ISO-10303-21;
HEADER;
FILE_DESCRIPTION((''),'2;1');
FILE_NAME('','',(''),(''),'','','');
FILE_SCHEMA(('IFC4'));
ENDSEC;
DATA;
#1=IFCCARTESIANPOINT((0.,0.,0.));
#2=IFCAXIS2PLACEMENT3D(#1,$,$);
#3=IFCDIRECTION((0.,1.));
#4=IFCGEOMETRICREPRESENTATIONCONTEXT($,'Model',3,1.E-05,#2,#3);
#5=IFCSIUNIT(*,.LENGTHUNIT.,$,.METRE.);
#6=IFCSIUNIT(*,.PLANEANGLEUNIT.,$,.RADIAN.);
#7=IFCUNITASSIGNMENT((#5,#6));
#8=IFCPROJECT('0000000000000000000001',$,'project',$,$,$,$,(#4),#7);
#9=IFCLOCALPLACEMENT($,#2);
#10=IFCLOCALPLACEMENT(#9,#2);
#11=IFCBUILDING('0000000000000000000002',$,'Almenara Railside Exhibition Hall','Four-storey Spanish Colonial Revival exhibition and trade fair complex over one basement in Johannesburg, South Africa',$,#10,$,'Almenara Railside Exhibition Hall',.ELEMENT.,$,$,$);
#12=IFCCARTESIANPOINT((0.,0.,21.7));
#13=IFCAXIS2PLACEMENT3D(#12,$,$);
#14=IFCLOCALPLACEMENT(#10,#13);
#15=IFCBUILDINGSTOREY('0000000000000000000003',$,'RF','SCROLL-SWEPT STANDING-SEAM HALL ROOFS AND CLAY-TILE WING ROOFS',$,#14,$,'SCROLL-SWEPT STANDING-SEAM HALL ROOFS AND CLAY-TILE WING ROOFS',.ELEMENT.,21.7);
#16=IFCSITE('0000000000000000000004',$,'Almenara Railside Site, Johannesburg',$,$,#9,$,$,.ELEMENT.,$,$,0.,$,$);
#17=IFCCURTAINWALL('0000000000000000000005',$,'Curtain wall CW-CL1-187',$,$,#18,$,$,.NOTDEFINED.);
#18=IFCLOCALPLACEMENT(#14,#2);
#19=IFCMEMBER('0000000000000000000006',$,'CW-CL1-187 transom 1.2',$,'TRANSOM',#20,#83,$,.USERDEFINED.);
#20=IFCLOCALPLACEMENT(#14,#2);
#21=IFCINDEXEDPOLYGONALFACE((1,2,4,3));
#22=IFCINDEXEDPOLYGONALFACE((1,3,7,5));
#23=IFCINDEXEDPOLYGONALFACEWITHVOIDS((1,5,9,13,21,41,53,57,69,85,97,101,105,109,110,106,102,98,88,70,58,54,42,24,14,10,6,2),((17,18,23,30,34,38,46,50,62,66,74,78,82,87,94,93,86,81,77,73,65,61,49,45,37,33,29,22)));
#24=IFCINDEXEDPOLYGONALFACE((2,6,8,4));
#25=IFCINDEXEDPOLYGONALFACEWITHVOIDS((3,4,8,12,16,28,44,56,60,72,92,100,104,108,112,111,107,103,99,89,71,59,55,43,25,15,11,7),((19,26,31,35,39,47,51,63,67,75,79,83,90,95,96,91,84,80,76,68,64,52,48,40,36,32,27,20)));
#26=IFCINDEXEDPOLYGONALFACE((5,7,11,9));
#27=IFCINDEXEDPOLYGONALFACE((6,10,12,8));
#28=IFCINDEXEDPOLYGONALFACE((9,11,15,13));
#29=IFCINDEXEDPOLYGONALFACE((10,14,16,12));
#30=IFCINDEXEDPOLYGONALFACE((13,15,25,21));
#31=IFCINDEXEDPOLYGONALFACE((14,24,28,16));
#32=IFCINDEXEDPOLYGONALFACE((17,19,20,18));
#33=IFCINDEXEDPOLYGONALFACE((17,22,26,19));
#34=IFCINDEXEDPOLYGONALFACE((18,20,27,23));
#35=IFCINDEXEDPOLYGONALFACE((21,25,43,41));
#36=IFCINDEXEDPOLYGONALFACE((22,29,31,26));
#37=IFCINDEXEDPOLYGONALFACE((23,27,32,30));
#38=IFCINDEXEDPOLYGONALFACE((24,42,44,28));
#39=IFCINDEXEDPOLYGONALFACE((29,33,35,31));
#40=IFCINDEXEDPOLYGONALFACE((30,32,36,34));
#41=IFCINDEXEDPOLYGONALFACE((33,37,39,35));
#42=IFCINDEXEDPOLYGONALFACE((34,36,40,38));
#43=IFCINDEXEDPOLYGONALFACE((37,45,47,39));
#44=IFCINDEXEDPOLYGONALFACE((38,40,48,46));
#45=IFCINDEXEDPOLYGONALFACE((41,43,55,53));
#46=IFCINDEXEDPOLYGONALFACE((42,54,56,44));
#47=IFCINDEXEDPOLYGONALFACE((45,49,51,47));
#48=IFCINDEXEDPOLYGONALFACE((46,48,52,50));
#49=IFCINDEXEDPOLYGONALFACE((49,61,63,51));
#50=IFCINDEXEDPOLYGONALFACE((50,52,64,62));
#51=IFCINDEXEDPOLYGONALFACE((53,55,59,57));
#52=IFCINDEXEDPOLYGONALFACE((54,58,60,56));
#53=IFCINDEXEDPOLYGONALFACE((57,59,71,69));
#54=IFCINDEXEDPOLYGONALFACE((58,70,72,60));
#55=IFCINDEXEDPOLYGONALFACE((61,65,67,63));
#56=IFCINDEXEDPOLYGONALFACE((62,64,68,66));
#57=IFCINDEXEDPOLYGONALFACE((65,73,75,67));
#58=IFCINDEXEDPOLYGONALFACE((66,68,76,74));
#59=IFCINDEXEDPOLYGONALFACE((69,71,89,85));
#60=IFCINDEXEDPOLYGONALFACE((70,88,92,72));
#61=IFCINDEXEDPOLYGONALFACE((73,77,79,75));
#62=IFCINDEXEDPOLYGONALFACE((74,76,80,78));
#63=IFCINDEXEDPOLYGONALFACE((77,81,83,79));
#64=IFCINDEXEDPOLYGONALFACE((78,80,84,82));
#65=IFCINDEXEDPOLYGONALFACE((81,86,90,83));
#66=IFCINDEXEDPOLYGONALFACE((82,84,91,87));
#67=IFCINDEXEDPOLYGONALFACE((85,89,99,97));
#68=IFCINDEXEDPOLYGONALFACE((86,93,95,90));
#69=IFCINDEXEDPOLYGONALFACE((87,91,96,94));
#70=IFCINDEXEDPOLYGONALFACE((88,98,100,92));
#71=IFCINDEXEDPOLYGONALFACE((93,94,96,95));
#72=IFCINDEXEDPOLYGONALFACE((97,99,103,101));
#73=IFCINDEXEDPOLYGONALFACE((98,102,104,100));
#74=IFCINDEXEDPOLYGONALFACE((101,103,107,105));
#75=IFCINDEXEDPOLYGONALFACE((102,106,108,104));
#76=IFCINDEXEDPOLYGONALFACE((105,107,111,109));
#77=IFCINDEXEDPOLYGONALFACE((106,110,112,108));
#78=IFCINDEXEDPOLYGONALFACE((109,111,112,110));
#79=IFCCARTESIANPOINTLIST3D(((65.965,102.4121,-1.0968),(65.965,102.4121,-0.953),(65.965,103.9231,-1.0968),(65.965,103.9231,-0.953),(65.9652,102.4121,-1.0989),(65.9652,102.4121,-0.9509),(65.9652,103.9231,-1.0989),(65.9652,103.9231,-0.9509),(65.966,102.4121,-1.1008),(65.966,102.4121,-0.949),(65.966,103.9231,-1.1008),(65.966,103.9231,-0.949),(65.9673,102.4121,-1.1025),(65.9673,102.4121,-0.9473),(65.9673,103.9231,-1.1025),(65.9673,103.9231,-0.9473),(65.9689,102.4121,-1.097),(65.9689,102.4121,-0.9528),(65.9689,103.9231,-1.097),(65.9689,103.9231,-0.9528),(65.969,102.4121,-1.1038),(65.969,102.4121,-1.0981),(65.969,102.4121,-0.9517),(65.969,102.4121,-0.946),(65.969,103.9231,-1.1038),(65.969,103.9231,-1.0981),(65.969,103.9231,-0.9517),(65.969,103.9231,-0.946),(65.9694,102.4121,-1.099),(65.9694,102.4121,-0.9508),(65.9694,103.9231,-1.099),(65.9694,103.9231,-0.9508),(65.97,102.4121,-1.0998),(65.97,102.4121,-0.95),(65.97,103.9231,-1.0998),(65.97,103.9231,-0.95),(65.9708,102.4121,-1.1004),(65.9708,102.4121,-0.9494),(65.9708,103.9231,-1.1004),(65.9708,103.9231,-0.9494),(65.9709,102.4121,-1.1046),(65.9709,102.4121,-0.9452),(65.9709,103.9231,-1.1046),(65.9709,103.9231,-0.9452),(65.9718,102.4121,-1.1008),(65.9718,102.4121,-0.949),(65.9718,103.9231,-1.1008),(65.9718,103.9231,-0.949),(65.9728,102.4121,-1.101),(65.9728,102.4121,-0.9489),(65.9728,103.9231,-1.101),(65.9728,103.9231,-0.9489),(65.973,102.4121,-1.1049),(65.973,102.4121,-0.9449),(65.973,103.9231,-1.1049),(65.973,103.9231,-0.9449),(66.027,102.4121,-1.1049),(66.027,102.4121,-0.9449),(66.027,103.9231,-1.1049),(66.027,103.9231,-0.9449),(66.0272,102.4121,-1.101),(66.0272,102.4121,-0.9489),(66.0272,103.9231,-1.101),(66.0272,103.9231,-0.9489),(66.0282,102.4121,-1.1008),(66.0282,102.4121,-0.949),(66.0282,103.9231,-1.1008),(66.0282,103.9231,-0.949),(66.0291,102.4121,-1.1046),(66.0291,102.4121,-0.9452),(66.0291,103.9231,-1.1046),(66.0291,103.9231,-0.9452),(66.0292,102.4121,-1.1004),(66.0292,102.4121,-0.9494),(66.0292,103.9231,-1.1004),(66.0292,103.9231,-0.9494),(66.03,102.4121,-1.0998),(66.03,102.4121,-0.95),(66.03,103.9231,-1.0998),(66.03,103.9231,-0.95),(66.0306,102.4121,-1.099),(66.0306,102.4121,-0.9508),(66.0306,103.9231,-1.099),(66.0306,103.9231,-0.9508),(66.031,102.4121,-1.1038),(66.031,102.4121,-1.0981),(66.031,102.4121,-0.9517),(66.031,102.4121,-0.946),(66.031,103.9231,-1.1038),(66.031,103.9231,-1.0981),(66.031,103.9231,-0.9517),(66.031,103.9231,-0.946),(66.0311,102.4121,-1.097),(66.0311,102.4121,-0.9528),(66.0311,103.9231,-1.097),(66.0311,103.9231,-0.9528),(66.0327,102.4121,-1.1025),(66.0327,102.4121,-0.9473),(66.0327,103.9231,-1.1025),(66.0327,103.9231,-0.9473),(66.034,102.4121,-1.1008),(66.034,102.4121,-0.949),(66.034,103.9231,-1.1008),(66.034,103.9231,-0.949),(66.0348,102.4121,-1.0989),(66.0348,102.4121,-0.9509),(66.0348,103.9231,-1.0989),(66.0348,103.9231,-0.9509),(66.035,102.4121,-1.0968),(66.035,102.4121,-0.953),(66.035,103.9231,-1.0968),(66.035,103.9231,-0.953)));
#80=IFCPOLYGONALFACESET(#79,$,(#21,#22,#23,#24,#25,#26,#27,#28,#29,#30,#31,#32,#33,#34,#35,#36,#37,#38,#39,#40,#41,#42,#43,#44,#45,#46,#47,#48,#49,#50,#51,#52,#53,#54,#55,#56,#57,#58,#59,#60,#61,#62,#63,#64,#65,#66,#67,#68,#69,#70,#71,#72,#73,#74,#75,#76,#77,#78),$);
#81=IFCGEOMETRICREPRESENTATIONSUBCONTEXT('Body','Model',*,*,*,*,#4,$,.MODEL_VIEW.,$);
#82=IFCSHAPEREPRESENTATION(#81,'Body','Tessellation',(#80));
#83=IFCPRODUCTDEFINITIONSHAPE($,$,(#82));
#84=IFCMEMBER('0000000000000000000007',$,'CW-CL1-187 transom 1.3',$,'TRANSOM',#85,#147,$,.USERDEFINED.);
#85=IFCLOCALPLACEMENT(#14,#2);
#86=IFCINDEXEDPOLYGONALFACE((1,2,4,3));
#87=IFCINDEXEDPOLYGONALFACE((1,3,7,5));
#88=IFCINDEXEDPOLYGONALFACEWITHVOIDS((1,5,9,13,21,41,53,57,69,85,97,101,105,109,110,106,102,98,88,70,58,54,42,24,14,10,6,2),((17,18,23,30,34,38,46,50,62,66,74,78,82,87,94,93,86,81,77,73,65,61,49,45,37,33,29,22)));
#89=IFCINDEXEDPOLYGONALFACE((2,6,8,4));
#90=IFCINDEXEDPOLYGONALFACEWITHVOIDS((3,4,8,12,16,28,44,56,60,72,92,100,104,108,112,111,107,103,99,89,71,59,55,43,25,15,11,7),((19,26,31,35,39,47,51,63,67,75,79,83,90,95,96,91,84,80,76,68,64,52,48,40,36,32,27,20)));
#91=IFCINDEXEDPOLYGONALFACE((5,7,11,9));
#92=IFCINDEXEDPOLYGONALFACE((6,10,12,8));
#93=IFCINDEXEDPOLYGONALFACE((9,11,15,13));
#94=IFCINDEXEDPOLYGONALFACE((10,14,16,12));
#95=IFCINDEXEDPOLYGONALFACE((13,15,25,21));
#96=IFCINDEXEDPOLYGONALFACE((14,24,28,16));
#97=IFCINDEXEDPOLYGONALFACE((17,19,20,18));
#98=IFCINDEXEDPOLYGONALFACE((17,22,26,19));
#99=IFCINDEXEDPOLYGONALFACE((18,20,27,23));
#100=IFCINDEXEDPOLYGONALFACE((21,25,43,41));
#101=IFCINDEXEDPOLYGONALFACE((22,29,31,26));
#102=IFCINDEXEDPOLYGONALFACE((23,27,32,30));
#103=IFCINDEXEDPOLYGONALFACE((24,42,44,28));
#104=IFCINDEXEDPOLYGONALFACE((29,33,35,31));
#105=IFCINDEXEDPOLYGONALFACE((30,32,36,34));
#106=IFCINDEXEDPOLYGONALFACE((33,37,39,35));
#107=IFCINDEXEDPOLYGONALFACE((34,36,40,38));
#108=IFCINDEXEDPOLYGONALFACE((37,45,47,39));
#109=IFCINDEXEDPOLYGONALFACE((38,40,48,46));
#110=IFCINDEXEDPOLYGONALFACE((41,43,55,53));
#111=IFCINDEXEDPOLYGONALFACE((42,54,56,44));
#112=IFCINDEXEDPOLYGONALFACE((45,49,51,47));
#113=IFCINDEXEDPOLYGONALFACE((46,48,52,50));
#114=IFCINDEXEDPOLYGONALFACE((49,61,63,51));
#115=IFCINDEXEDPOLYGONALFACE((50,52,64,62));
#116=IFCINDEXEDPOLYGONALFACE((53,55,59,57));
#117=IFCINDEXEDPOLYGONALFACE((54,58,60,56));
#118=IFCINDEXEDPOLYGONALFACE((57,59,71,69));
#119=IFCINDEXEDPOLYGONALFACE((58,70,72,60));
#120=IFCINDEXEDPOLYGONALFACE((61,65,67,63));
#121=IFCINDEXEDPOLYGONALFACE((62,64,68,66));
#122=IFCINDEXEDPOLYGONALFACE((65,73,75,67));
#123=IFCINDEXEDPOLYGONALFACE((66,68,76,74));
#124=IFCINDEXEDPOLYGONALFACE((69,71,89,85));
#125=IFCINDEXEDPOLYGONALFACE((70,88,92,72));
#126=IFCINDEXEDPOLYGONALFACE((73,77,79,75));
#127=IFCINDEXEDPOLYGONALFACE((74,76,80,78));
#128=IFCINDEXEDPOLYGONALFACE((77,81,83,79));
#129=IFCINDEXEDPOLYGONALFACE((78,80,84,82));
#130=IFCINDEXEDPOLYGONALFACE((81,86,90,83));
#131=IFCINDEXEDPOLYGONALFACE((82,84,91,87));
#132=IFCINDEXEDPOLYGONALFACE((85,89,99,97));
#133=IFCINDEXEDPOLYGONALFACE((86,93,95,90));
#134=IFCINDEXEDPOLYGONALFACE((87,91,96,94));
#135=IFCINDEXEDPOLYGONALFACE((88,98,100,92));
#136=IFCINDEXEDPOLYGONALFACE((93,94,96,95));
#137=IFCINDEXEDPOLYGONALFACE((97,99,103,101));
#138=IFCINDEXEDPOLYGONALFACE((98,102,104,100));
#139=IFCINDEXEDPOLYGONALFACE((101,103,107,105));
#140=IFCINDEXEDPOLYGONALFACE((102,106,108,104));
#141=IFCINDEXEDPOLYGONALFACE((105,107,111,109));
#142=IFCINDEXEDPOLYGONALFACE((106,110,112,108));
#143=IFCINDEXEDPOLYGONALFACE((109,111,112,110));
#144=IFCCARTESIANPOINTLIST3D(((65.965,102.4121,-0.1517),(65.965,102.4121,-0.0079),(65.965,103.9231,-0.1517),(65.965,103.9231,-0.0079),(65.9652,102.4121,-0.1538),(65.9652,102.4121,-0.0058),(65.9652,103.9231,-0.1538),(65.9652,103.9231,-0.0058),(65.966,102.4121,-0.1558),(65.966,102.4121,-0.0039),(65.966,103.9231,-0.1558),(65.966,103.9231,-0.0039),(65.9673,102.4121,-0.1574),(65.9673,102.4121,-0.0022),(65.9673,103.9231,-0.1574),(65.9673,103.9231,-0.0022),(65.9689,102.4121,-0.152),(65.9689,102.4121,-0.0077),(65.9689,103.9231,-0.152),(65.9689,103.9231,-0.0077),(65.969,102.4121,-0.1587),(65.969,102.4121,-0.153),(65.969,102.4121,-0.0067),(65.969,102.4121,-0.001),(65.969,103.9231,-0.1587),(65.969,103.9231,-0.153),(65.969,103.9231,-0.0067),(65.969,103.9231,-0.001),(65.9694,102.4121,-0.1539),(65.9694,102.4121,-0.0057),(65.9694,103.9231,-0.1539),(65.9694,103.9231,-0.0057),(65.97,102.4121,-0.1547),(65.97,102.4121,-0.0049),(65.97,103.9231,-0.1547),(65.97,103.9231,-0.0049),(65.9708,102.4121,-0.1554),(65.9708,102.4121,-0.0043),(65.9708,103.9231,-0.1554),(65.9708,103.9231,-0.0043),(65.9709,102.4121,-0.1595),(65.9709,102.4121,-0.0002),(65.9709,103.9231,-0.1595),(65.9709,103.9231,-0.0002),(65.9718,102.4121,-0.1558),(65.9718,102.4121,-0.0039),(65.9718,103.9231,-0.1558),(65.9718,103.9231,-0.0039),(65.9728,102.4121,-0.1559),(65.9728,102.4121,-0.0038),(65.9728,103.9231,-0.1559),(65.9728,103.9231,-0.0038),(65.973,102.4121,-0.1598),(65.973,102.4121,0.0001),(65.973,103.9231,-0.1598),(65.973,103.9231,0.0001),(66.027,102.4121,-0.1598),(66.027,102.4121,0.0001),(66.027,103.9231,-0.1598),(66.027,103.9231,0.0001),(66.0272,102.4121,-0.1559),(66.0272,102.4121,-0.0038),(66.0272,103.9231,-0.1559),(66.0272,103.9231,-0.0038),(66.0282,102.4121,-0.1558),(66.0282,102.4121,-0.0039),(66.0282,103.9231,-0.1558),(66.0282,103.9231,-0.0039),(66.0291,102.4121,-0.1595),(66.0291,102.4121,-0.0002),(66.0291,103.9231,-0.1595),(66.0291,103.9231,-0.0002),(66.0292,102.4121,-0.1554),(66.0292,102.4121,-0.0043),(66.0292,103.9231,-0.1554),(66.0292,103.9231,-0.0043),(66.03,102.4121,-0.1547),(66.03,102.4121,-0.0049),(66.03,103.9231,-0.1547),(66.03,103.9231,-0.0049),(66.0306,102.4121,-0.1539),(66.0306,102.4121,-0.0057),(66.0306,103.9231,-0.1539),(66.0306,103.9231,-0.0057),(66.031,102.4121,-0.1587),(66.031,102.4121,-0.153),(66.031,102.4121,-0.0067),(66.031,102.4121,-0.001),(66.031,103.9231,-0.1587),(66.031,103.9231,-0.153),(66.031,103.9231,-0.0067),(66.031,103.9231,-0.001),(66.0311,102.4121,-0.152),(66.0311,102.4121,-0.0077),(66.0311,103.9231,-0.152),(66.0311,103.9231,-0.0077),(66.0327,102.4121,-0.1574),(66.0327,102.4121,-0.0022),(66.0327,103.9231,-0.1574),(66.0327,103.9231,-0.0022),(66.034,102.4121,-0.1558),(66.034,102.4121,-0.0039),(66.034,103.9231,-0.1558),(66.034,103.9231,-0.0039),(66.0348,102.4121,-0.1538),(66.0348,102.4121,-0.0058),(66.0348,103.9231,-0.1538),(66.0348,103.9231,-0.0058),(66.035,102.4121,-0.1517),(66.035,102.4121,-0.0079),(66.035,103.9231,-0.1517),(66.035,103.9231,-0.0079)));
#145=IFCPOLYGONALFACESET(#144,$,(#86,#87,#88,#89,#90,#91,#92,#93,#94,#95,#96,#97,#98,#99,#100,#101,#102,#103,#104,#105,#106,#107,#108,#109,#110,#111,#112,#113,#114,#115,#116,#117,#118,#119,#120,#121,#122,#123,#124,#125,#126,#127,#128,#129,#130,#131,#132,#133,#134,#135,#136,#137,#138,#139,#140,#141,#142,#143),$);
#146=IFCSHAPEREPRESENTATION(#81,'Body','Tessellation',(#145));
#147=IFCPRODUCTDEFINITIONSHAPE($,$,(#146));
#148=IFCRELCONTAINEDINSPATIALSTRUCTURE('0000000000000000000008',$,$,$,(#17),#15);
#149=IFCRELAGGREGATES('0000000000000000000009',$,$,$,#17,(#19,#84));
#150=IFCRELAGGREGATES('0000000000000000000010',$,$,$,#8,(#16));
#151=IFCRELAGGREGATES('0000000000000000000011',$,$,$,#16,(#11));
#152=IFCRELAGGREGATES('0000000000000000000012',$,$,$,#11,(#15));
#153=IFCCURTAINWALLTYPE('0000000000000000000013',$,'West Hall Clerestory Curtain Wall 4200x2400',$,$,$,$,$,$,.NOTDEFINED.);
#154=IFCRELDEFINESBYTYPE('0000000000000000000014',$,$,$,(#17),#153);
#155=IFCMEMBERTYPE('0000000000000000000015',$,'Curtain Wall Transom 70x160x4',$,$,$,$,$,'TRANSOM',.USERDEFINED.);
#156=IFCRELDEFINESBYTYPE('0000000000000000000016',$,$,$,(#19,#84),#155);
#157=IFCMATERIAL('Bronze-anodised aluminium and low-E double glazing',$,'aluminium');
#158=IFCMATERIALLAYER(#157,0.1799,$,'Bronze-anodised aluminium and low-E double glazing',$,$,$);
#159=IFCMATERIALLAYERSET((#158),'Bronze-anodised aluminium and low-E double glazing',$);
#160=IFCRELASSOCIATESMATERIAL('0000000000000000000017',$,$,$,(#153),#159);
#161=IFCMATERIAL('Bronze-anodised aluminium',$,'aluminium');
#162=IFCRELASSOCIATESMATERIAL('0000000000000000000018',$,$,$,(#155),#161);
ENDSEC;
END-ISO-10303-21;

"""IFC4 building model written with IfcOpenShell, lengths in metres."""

from ifc_helpers import new_model, si_unit, direction, frame, origin, origin_2d, place, context, subcontext, project, spatial, hollow_rectangle, extrude, material, layer, layer_set, material_profile, profile_set, type_object, element, aggregate, save


model = new_model("IFC4")

# Units and contexts
model_context = context("Model", 3, precision=1e-05, world=origin(), true_north=direction((0.0, 1.0)))
body_context = subcontext(model_context, "Body", "Model", "MODEL_VIEW")
ifc_project = project(units=[si_unit("LENGTHUNIT", "METRE"), si_unit("PLANEANGLEUNIT", "RADIAN")], contexts=[model_context])

# Site, building, storey
site_placement = place(None, origin())
site = spatial("IfcSite", under=ifc_project, at=site_placement, Name="Almenara Railside Site, Johannesburg", CompositionType="ELEMENT", RefElevation=0.0)
building_placement = place(site_placement, origin())
building = spatial("IfcBuilding", under=site, at=building_placement, Name="Almenara Railside Exhibition Hall", Description="Four-storey Spanish Colonial Revival exhibition and trade fair complex over one basement in Johannesburg, South Africa", LongName="Almenara Railside Exhibition Hall", CompositionType="ELEMENT")
storey_placement = place(building_placement, frame((0.0, 0.0, 21.7)))
storey = spatial("IfcBuildingStorey", under=building, at=storey_placement, Name="RF", Description="SCROLL-SWEPT STANDING-SEAM HALL ROOFS AND CLAY-TILE WING ROOFS", LongName="SCROLL-SWEPT STANDING-SEAM HALL ROOFS AND CLAY-TILE WING ROOFS", CompositionType="ELEMENT", Elevation=21.7)

# Curtain wall
ifc_material_1 = material(Name="Bronze-anodised aluminium and low-E double glazing", Category="aluminium")
ifc_layer_1 = layer(ifc_material_1, 0.1799, Name="Bronze-anodised aluminium and low-E double glazing")
ifc_layer_set_1 = layer_set([ifc_layer_1], Name="Bronze-anodised aluminium and low-E double glazing")
curtain_wall_type = type_object("IfcCurtainWallType", Name="West Hall Clerestory Curtain Wall 4200x2400", PredefinedType="NOTDEFINED", material=ifc_layer_set_1)
ifc_material_2 = material(Name="Bronze-anodised aluminium", Category="aluminium")
curtain_wall_1_placement = place(storey_placement, origin())
curtain_wall_1 = element("IfcCurtainWall", 1, at=curtain_wall_1_placement, inside=storey, type_object=curtain_wall_type, Name="Curtain wall CW-CL1-187", PredefinedType="NOTDEFINED")

# Members
ifc_material_profile_1 = material_profile(ifc_material_2, hollow_rectangle(XDim=0.0701, YDim=0.1599, WallThickness=0.0039, InnerFilletRadius=0.0039, OuterFilletRadius=0.0081, at=origin_2d()), Name="ALU-TRN 70x160x4")
ifc_profile_set_1 = profile_set([ifc_material_profile_1], Name="Bronze-anodised aluminium")
member_type_1 = type_object("IfcMemberType", Name="Curtain Wall Transom 70x160x4", ElementType="TRANSOM", PredefinedType="USERDEFINED", material=ifc_profile_set_1)
member_1_placement = place(storey_placement, frame((66.0, 102.4121, -1.0249), z_axis=(0.0, 1.0, 0.0), x_axis=(-1.0, 0.0, 0.0)))
member_1 = element("IfcMember", 2, at=member_1_placement, type_object=member_type_1, Name="CW-CL1-187 transom 1.2", ObjectType="TRANSOM", PredefinedType="USERDEFINED", context=body_context, shape_type="SweptSolid", body=[
    extrude(hollow_rectangle(XDim=0.0701, YDim=0.1599, WallThickness=0.0039, InnerFilletRadius=0.0039, OuterFilletRadius=0.0081, at=origin_2d()), origin(), (0.0, 0.0, 1.0), 1.511),
])
member_2_placement = place(storey_placement, frame((66.0, 102.4121, -0.0798), z_axis=(0.0, 1.0, 0.0), x_axis=(-1.0, 0.0, 0.0)))
member_2 = element("IfcMember", 3, at=member_2_placement, type_object=member_type_1, Name="CW-CL1-187 transom 1.3", ObjectType="TRANSOM", PredefinedType="USERDEFINED", context=body_context, shape_type="SweptSolid", body=[
    extrude(hollow_rectangle(XDim=0.0701, YDim=0.1599, WallThickness=0.0039, InnerFilletRadius=0.0039, OuterFilletRadius=0.0081, at=origin_2d()), origin(), (0.0, 0.0, 1.0), 1.511),
])

aggregate(curtain_wall_1, [member_1, member_2])

save(model, "model.ifc")
